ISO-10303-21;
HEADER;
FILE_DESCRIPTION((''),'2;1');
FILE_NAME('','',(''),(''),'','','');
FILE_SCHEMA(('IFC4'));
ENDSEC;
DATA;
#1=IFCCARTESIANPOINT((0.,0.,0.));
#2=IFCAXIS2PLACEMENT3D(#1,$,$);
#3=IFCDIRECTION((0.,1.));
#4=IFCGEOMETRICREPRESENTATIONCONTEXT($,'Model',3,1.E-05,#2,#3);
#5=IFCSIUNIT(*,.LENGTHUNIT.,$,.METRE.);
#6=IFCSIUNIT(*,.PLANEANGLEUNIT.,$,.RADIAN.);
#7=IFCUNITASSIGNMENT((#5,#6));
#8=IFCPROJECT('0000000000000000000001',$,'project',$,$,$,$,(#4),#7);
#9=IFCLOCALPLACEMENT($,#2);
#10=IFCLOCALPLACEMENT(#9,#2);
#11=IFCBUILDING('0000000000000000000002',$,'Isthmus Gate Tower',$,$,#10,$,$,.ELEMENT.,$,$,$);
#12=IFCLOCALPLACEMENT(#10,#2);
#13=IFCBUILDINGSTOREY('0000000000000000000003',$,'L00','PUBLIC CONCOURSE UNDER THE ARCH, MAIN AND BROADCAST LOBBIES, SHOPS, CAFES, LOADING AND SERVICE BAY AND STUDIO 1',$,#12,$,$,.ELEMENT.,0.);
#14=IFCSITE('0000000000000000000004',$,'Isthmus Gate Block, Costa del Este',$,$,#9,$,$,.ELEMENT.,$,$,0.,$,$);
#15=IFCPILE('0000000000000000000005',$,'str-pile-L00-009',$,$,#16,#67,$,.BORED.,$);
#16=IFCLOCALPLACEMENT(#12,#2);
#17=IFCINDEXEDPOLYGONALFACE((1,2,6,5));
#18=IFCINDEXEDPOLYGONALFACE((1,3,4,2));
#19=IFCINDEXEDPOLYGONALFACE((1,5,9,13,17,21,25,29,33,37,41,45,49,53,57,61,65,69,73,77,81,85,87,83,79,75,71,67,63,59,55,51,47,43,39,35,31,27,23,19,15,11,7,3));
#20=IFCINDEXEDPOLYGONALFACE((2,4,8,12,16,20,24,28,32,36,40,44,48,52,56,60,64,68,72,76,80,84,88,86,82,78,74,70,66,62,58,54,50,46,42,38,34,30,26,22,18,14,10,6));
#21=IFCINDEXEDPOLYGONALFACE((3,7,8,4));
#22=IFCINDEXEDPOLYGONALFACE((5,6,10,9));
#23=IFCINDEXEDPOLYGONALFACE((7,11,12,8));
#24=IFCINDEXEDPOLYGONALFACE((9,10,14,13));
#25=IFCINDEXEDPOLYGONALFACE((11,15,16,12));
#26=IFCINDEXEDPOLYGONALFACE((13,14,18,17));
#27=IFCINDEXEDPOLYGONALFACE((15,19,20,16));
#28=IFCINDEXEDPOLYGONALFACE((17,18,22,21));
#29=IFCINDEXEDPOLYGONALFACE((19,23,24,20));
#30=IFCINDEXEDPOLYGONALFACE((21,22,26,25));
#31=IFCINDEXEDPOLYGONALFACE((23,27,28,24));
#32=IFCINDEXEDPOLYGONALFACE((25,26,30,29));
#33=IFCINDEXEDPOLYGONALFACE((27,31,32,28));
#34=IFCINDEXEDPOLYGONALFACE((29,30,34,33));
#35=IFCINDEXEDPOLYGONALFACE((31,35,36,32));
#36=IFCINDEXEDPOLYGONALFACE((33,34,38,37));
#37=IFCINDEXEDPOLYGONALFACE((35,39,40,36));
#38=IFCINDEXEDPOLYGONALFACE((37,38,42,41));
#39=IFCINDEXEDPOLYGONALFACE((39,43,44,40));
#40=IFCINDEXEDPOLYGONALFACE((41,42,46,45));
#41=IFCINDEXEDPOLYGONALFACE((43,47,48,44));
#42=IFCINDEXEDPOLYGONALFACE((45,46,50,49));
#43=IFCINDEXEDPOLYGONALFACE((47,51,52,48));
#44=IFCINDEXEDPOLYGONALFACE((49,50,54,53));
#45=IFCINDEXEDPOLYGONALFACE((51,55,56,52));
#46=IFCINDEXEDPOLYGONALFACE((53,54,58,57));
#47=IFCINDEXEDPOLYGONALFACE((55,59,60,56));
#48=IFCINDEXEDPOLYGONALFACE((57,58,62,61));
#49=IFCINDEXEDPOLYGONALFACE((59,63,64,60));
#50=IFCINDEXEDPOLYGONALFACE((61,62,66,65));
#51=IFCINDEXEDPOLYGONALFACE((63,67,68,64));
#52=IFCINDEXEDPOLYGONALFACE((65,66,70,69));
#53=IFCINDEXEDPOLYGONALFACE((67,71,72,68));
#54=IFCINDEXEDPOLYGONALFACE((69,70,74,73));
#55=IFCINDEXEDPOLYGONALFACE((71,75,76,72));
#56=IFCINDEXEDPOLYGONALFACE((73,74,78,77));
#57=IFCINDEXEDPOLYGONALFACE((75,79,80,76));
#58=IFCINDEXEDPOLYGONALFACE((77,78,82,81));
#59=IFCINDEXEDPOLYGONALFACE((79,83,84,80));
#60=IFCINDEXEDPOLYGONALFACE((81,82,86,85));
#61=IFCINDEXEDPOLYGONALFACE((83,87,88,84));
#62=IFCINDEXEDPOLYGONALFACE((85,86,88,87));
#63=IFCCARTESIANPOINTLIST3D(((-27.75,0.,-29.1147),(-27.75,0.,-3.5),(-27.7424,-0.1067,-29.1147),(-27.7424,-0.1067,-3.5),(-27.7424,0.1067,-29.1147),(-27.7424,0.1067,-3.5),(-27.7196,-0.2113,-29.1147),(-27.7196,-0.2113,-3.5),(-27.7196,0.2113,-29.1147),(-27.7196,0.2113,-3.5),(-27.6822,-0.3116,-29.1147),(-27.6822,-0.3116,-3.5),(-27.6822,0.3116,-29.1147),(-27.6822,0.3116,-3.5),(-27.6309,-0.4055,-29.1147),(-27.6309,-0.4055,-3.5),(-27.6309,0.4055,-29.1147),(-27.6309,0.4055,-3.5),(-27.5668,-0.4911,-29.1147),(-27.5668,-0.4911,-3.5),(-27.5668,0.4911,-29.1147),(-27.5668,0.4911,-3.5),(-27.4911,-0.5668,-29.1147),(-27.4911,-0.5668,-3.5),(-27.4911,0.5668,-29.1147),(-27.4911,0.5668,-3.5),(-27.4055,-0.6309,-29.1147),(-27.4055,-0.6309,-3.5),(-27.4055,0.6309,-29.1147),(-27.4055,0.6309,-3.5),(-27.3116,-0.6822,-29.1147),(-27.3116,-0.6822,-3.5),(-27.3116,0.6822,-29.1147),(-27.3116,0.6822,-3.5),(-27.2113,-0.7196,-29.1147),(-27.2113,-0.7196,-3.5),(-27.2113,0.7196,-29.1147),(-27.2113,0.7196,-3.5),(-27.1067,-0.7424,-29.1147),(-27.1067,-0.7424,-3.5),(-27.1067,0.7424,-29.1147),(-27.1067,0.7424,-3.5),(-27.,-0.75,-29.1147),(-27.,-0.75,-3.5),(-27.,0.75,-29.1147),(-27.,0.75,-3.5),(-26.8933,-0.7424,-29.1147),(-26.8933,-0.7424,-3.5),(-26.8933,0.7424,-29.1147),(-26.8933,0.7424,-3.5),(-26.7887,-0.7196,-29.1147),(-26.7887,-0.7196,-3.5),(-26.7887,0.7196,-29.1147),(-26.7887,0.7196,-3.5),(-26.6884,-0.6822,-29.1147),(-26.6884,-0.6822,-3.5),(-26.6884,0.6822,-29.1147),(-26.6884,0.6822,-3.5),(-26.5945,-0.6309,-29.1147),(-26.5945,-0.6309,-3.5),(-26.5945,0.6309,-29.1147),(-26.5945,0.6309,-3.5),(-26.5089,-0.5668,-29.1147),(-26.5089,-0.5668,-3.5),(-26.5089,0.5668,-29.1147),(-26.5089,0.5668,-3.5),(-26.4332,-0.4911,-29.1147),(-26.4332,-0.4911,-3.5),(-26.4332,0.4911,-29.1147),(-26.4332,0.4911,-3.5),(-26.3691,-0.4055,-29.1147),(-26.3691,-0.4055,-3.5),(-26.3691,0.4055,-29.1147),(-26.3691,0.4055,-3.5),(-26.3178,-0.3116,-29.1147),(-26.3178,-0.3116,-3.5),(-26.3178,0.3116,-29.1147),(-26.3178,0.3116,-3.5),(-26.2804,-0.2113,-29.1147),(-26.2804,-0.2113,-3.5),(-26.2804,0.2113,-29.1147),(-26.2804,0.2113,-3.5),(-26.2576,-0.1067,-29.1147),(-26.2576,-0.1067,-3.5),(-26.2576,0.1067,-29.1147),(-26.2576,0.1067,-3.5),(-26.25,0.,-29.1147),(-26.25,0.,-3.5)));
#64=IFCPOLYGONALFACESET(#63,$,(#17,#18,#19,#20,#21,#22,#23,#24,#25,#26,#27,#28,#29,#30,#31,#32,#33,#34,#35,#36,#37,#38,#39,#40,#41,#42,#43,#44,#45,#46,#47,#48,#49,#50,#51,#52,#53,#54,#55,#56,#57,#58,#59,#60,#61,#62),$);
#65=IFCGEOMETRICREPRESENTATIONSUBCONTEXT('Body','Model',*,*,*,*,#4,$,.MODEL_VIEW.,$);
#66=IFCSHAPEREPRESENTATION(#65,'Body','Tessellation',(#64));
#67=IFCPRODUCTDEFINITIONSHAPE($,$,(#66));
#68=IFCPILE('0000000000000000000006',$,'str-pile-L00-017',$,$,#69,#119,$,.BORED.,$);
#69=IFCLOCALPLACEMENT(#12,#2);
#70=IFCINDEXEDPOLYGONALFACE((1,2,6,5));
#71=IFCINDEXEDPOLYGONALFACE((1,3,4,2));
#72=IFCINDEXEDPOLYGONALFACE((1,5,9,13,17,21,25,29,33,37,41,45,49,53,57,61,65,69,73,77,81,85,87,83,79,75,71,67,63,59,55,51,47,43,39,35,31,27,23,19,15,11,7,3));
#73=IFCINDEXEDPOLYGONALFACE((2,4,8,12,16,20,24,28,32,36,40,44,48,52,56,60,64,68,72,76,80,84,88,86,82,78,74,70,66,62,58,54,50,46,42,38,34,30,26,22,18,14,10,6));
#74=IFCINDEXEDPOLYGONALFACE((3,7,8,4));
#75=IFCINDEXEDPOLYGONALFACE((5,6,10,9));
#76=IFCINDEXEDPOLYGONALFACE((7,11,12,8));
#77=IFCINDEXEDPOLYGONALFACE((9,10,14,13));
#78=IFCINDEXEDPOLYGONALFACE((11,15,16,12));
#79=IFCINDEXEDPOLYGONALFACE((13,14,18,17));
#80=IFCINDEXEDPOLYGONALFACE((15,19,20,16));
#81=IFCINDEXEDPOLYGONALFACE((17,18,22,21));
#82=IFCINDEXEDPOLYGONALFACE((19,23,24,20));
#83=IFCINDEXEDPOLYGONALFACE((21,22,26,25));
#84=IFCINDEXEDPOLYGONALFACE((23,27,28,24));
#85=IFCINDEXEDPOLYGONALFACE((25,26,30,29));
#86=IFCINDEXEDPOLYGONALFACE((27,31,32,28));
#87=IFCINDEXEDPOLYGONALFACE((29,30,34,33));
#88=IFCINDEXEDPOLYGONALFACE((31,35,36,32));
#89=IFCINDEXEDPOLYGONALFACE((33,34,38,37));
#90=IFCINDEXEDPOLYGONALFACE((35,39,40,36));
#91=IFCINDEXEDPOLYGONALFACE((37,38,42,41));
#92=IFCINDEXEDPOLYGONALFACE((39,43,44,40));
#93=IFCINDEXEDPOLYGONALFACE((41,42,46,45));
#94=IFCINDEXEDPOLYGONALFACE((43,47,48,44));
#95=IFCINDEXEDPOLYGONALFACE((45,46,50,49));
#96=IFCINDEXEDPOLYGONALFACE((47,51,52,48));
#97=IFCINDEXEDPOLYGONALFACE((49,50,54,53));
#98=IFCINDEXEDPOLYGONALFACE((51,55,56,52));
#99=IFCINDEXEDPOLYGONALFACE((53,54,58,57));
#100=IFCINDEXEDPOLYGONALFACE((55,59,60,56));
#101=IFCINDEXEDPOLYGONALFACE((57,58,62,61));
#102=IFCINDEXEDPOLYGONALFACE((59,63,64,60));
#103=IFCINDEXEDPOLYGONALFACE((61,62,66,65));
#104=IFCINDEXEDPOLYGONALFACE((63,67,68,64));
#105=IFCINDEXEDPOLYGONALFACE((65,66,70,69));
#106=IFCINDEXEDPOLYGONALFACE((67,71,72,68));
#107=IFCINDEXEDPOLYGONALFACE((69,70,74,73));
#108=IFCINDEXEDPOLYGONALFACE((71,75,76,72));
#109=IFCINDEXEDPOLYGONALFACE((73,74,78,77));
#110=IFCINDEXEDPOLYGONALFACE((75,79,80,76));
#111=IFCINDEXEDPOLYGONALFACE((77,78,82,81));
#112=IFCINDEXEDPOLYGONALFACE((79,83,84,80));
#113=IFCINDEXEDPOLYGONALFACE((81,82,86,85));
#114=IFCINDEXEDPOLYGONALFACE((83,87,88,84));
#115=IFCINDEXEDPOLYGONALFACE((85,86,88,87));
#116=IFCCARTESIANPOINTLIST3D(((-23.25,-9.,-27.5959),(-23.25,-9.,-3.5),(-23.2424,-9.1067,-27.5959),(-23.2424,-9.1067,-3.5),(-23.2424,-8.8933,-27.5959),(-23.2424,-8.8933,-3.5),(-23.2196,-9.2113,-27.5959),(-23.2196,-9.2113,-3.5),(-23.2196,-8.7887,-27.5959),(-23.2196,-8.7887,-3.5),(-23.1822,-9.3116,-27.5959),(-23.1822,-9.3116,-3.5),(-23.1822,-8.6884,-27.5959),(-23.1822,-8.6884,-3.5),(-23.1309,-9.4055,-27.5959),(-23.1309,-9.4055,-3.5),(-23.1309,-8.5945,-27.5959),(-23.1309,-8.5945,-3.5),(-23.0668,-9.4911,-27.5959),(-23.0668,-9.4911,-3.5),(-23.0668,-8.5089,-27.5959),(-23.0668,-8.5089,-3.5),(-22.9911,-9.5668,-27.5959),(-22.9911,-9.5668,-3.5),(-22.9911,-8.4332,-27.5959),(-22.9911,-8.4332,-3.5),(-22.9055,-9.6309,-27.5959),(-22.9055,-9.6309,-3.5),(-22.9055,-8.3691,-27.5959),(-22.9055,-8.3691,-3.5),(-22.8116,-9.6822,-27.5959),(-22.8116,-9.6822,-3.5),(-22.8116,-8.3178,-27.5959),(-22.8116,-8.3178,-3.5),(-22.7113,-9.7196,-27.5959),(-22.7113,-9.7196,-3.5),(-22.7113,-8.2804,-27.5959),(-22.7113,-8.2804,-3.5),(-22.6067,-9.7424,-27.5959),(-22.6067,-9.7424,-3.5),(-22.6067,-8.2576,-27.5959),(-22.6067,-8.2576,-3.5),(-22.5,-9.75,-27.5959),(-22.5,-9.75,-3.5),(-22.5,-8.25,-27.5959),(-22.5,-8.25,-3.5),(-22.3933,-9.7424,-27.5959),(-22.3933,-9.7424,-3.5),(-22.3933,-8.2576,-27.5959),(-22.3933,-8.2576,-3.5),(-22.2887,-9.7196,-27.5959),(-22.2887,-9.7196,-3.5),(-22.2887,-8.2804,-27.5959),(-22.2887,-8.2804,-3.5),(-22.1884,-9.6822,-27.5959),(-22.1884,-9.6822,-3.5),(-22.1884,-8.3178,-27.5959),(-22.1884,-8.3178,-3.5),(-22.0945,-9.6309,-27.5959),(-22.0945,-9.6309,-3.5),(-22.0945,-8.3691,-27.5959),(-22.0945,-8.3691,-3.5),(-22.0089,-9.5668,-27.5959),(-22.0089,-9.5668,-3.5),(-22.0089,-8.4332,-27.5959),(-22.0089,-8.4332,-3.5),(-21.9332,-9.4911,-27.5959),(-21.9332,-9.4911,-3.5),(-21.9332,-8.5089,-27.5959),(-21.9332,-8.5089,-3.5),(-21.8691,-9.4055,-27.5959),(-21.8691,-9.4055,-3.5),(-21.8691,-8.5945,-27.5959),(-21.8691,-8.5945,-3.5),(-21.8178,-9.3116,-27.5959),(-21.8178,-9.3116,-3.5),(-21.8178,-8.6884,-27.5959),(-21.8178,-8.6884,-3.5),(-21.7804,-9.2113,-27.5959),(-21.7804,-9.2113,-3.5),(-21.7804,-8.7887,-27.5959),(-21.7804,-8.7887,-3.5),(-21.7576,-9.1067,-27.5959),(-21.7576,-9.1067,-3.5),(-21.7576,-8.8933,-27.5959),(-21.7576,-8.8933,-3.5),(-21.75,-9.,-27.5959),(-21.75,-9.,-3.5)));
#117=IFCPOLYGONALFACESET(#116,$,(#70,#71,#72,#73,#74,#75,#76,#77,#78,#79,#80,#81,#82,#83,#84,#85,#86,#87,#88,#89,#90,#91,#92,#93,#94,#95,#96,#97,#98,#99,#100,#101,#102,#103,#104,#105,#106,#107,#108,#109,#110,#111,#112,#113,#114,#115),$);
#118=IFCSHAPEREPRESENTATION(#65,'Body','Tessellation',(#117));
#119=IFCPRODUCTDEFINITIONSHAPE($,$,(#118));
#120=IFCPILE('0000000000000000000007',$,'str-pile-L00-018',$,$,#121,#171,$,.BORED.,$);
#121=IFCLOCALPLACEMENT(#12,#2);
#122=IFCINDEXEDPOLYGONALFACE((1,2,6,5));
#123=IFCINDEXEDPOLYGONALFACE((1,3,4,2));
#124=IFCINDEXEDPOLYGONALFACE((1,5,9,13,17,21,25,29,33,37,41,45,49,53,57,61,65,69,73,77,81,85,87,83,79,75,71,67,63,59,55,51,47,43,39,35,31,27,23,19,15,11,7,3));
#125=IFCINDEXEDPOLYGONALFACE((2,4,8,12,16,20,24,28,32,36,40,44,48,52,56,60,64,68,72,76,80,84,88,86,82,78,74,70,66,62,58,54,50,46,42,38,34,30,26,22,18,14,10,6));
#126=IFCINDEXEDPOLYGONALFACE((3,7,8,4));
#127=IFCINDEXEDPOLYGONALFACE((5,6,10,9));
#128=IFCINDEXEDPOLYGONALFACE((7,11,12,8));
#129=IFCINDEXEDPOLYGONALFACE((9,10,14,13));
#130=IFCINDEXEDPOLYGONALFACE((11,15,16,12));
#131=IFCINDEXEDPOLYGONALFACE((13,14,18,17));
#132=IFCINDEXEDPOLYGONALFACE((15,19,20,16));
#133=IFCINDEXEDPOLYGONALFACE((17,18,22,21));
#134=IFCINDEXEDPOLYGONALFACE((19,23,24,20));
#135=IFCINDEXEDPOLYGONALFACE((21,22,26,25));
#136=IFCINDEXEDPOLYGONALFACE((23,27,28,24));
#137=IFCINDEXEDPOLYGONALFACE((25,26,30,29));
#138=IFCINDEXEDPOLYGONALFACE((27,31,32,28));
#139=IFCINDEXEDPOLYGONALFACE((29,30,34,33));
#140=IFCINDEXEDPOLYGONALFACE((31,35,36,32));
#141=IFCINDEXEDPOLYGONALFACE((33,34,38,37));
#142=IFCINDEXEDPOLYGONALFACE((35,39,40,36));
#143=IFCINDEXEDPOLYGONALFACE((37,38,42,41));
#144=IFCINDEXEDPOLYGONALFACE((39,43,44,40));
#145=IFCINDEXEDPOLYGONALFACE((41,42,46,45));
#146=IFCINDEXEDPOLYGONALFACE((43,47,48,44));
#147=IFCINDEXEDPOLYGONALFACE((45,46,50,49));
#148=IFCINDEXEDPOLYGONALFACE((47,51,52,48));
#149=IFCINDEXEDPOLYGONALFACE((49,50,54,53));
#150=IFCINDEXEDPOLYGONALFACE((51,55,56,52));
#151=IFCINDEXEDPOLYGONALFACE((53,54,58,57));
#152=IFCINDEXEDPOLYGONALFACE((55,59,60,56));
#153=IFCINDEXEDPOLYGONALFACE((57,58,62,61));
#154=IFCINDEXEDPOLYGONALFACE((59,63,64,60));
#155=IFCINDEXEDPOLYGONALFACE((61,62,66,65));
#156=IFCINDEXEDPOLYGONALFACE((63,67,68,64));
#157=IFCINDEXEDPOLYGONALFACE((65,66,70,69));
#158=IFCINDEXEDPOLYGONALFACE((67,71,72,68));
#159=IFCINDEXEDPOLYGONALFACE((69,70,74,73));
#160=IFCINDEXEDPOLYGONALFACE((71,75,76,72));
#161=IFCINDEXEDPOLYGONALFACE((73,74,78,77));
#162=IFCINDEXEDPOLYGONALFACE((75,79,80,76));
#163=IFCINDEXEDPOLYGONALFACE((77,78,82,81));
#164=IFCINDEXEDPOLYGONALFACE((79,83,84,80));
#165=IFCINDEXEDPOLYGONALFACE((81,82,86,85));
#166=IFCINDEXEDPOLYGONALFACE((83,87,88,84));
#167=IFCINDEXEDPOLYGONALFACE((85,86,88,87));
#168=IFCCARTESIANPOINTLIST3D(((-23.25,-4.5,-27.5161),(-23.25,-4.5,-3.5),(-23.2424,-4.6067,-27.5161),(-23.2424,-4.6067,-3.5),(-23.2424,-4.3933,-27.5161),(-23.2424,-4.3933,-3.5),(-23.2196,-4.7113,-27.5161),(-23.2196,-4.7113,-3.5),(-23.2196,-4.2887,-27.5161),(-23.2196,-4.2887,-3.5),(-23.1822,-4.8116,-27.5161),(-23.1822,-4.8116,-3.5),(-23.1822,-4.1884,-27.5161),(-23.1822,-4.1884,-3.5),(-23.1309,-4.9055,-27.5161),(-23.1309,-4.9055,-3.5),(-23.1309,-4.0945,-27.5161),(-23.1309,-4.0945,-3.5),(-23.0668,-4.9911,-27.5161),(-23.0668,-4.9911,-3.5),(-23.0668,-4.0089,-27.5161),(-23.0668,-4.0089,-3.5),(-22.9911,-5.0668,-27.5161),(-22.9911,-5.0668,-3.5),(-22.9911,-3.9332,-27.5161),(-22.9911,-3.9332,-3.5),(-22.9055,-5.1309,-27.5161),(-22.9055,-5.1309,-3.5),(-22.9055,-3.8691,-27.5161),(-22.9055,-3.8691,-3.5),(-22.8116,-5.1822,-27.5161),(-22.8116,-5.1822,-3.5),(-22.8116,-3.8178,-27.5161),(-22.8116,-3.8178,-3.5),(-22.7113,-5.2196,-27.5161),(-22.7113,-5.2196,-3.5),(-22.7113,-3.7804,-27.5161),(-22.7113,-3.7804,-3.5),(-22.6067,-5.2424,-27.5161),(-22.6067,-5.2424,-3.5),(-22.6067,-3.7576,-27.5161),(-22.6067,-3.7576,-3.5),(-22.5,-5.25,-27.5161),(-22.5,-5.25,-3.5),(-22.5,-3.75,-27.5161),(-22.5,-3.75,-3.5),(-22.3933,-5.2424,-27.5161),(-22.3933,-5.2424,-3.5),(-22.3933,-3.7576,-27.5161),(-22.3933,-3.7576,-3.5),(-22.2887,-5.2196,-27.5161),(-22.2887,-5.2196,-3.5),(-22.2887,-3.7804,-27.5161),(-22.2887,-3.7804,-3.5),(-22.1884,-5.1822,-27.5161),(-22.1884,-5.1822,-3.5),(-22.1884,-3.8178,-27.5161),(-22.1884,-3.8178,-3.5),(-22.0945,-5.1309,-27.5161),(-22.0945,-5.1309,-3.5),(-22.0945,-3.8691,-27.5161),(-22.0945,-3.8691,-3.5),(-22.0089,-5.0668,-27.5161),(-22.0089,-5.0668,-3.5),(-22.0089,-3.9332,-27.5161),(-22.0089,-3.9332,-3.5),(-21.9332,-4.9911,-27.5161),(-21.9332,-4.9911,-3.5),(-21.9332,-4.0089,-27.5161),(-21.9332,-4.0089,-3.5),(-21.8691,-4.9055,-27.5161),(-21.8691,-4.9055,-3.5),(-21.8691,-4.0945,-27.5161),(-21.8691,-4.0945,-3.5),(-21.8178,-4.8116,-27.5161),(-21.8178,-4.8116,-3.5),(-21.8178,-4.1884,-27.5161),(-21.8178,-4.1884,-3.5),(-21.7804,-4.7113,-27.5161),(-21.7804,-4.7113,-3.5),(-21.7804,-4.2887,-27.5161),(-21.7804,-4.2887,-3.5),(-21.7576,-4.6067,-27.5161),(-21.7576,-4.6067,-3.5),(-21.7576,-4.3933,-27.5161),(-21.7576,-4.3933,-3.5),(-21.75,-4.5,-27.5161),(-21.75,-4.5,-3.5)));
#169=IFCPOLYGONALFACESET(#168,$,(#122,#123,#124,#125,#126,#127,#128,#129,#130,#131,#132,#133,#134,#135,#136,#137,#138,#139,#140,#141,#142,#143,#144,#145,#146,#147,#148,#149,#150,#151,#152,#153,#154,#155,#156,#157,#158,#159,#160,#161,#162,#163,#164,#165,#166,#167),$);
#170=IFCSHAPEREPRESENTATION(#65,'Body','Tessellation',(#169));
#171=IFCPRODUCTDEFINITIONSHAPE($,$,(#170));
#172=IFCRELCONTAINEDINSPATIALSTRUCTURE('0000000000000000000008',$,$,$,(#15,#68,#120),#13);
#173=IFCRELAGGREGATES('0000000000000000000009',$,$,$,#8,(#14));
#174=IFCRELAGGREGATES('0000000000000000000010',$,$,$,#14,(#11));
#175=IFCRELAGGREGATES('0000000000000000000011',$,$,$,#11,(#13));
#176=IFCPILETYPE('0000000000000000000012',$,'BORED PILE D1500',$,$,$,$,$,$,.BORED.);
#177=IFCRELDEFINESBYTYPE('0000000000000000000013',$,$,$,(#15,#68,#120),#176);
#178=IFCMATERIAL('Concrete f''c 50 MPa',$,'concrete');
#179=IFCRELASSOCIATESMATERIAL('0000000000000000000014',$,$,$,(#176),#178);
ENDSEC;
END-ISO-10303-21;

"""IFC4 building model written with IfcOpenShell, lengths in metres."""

from ifc_helpers import new_model, si_unit, direction, frame, origin, origin_2d, place, context, subcontext, project, spatial, circle, extrude, material, material_profile, profile_set, type_object, element, save


model = new_model("IFC4")

# Units and contexts
model_context = context("Model", 3, precision=1e-05, world=origin(), true_north=direction((0.0, 1.0)))
body_context = subcontext(model_context, "Body", "Model", "MODEL_VIEW")
ifc_project = project(units=[si_unit("LENGTHUNIT", "METRE"), si_unit("PLANEANGLEUNIT", "RADIAN")], contexts=[model_context])

# Site, building, storey
site_placement = place(None, origin())
site = spatial("IfcSite", under=ifc_project, at=site_placement, Name="Isthmus Gate Block, Costa del Este", CompositionType="ELEMENT", RefElevation=0.0)
building_placement = place(site_placement, origin())
building = spatial("IfcBuilding", under=site, at=building_placement, Name="Isthmus Gate Tower", CompositionType="ELEMENT")
storey_placement = place(building_placement, origin())
storey = spatial("IfcBuildingStorey", under=building, at=storey_placement, Name="L00", Description="PUBLIC CONCOURSE UNDER THE ARCH, MAIN AND BROADCAST LOBBIES, SHOPS, CAFES, LOADING AND SERVICE BAY AND STUDIO 1", CompositionType="ELEMENT", Elevation=0.0)

# Piles
ifc_material_1 = material(Name="Concrete f'c 50 MPa", Category="concrete")
ifc_material_profile_1 = material_profile(ifc_material_1, circle(Radius=0.75, at=origin_2d()), Name="D1500")
ifc_profile_set_1 = profile_set([ifc_material_profile_1], Name="Concrete f'c 50 MPa")
pile_type_1 = type_object("IfcPileType", Name="BORED PILE D1500", PredefinedType="BORED", material=ifc_profile_set_1)
pile_1_placement = place(storey_placement, frame((-27.0, 0.0, -3.5), z_axis=(0.0, 0.0, -1.0), x_axis=(1.0, 0.0, 0.0)))
element("IfcPile", 1, at=pile_1_placement, inside=storey, type_object=pile_type_1, Name="str-pile-L00-009", PredefinedType="BORED", context=body_context, shape_type="SweptSolid", body=[
    extrude(circle(Radius=0.75, at=origin_2d()), origin(), (0.0, 0.0, 1.0), 25.6147),
])
pile_2_placement = place(storey_placement, frame((-22.5, -9.0, -3.5), z_axis=(0.0, 0.0, -1.0), x_axis=(1.0, 0.0, 0.0)))
element("IfcPile", 2, at=pile_2_placement, inside=storey, type_object=pile_type_1, Name="str-pile-L00-017", PredefinedType="BORED", context=body_context, shape_type="SweptSolid", body=[
    extrude(circle(Radius=0.75, at=origin_2d()), origin(), (0.0, 0.0, 1.0), 24.0959),
])
pile_3_placement = place(storey_placement, frame((-22.5, -4.5, -3.5), z_axis=(0.0, 0.0, -1.0), x_axis=(1.0, 0.0, 0.0)))
element("IfcPile", 3, at=pile_3_placement, inside=storey, type_object=pile_type_1, Name="str-pile-L00-018", PredefinedType="BORED", context=body_context, shape_type="SweptSolid", body=[
    extrude(circle(Radius=0.75, at=origin_2d()), origin(), (0.0, 0.0, 1.0), 24.0161),
])

save(model, "model.ifc")
